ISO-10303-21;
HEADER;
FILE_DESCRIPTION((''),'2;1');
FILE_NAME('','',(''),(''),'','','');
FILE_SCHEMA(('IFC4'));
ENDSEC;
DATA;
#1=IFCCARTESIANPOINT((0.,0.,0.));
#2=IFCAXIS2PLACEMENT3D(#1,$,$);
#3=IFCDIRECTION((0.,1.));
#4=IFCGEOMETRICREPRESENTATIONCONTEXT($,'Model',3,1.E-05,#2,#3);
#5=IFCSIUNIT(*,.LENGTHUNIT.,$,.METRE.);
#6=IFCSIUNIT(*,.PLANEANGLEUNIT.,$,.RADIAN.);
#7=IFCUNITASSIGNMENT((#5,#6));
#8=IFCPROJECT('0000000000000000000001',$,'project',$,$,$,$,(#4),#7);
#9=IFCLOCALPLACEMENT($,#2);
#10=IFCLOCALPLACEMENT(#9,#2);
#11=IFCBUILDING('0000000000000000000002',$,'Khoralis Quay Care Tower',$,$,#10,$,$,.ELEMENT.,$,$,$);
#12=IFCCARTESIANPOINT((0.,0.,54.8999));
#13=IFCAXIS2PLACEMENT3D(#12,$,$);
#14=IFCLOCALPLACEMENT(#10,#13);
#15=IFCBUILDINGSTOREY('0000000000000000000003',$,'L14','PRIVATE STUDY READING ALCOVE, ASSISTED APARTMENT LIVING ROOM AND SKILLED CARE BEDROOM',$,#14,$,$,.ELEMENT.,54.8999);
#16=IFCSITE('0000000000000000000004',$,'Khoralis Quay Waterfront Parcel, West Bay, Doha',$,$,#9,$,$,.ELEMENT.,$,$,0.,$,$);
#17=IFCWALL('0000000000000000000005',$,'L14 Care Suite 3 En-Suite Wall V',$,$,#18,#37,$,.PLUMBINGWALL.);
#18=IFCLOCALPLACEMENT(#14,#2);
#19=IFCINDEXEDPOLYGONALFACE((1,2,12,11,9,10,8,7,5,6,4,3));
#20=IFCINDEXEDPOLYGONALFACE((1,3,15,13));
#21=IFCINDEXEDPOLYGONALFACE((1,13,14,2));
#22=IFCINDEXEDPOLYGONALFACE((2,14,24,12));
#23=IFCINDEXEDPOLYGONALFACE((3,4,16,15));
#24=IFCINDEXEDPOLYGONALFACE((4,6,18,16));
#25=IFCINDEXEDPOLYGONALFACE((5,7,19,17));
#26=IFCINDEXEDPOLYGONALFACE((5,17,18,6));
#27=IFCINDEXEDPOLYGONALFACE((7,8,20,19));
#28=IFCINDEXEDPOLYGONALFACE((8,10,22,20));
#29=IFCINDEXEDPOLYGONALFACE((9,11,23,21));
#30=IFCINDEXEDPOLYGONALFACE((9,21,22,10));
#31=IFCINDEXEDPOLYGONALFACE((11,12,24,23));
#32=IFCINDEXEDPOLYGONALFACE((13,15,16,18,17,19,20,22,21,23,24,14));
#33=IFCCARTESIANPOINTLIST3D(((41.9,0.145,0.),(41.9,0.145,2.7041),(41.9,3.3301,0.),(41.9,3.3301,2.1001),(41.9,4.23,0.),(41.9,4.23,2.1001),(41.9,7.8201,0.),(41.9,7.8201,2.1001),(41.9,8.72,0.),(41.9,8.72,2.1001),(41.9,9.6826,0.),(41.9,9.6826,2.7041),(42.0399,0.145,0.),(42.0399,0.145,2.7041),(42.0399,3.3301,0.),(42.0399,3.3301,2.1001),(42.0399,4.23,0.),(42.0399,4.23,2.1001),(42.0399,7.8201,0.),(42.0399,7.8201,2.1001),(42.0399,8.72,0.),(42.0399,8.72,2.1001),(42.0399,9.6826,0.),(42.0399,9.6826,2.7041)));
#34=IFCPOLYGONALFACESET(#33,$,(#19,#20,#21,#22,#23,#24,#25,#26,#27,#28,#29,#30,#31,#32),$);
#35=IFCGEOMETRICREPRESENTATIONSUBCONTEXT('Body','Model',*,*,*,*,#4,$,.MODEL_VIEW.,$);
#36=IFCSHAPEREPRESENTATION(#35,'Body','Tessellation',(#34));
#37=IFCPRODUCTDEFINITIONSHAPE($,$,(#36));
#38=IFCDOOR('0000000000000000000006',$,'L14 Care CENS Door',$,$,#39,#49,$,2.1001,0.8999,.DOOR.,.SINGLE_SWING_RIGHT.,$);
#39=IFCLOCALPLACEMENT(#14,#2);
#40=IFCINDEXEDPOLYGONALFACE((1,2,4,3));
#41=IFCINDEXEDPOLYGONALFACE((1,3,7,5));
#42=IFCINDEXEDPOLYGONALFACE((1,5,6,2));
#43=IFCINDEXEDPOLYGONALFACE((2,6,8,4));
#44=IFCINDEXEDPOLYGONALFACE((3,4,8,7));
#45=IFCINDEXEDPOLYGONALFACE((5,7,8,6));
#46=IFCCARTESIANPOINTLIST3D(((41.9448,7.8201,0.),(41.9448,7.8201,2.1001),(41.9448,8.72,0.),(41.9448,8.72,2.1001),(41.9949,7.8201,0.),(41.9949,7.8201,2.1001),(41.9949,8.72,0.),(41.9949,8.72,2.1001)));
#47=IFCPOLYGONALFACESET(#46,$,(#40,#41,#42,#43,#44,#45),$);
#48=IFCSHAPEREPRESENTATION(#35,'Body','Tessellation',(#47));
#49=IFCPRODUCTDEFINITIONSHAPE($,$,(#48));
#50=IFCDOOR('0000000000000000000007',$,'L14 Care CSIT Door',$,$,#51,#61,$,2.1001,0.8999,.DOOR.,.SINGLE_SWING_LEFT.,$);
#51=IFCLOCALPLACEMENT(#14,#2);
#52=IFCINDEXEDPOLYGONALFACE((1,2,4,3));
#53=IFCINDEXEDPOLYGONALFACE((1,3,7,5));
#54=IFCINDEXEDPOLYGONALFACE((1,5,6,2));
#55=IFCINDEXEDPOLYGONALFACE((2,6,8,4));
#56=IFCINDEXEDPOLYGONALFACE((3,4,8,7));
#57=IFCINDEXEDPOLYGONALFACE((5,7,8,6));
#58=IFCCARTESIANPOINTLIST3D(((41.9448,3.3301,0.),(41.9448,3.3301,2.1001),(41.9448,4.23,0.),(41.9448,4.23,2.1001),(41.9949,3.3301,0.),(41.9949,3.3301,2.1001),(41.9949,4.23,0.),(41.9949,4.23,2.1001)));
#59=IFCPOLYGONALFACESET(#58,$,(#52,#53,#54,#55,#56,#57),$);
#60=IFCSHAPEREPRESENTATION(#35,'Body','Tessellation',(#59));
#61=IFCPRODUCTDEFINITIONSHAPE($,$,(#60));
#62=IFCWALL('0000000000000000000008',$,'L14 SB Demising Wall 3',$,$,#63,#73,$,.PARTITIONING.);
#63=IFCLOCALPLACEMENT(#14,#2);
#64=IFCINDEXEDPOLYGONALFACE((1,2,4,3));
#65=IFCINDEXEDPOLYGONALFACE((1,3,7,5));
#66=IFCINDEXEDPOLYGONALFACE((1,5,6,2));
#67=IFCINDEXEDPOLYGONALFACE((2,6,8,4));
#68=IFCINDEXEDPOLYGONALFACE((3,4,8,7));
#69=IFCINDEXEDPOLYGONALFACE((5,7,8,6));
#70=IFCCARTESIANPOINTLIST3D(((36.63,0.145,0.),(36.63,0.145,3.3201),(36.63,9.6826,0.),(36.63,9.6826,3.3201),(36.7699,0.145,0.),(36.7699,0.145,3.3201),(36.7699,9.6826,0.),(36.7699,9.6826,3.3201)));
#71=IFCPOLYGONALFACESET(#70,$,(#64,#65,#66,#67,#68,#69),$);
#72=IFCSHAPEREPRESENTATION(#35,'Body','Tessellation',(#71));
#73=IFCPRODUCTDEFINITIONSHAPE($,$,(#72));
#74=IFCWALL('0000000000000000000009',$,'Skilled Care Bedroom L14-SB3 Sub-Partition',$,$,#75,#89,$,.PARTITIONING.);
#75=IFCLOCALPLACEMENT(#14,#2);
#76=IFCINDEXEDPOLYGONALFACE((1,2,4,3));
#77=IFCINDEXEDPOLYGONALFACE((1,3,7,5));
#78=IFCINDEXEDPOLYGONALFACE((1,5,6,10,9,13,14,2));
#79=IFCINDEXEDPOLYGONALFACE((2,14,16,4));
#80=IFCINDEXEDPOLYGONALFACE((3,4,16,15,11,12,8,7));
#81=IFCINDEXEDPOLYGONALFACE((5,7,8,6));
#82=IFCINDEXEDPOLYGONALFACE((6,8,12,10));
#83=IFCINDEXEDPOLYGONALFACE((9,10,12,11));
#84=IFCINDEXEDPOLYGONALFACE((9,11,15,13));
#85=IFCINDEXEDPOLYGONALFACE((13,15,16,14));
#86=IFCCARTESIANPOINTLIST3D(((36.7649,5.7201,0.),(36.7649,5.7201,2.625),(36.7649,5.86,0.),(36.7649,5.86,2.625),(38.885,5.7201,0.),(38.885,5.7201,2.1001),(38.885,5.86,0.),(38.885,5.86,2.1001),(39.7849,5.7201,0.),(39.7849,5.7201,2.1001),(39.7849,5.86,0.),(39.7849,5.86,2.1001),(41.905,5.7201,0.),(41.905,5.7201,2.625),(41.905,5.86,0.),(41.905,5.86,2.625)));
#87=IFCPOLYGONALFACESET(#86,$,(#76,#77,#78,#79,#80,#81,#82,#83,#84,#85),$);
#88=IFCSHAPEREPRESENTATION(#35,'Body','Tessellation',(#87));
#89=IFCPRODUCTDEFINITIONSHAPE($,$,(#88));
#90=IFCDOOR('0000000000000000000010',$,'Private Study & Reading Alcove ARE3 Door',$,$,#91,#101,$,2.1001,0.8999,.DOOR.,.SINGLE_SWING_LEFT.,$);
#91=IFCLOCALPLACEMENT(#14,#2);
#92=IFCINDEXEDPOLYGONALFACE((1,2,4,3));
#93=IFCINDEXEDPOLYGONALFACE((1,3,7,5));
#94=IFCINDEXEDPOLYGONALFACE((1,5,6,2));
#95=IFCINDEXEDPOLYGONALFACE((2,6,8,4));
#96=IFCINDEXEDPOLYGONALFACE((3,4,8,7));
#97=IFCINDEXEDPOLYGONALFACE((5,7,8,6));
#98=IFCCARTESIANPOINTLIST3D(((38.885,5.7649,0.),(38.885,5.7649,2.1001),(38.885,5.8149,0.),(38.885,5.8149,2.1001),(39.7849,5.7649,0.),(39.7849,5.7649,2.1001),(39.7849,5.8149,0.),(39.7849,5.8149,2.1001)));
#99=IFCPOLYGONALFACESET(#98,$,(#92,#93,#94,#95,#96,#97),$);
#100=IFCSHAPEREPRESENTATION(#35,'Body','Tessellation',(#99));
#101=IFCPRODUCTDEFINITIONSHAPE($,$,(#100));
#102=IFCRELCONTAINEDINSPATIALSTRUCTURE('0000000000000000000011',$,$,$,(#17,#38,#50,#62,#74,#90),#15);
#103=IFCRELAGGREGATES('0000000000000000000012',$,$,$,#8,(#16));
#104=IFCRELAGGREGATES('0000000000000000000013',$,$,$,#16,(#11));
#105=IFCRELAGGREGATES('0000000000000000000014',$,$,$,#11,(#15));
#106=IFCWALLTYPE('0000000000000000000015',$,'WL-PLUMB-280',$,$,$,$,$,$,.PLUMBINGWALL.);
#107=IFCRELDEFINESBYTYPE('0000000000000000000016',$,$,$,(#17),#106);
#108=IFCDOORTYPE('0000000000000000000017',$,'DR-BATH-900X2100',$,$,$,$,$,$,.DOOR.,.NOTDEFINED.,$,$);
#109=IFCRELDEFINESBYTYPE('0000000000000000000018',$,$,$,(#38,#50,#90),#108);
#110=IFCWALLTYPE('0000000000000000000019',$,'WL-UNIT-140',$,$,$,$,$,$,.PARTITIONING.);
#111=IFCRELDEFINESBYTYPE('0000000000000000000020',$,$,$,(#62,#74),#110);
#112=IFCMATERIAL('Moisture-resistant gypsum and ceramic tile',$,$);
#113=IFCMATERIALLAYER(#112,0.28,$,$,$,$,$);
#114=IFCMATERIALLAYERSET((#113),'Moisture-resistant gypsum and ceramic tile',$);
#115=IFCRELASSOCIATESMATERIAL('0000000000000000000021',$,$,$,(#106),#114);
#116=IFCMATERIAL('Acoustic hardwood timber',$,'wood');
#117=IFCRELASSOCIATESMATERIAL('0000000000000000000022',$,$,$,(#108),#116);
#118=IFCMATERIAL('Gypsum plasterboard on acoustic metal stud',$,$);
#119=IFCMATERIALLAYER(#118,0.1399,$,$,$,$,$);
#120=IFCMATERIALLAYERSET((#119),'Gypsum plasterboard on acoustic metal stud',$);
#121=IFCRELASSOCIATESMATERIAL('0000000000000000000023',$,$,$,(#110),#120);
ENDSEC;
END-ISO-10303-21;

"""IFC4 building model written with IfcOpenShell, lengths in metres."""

from ifc_helpers import new_model, si_unit, direction, frame, frame_2d, origin, place, context, subcontext, project, spatial, rectangle, extrude, source, transform, mapped, material, layer, layer_set, type_object, element, fill, save


model = new_model("IFC4")

# Units and contexts
model_context = context("Model", 3, precision=1e-05, world=origin(), true_north=direction((0.0, 1.0)))
body_context = subcontext(model_context, "Body", "Model", "MODEL_VIEW")
ifc_project = project(units=[si_unit("LENGTHUNIT", "METRE"), si_unit("PLANEANGLEUNIT", "RADIAN")], contexts=[model_context])

# Site, building, storey
site_placement = place(None, origin())
site = spatial("IfcSite", under=ifc_project, at=site_placement, Name="Khoralis Quay Waterfront Parcel, West Bay, Doha", CompositionType="ELEMENT", RefElevation=0.0)
building_placement = place(site_placement, origin())
building = spatial("IfcBuilding", under=site, at=building_placement, Name="Khoralis Quay Care Tower", CompositionType="ELEMENT")
storey_placement = place(building_placement, frame((0.0, 0.0, 54.8999)))
storey = spatial("IfcBuildingStorey", under=building, at=storey_placement, Name="L14", Description="PRIVATE STUDY READING ALCOVE, ASSISTED APARTMENT LIVING ROOM AND SKILLED CARE BEDROOM", CompositionType="ELEMENT", Elevation=54.8999)

# Shared definitions
ifc_material_1 = material(Name="Moisture-resistant gypsum and ceramic tile")
ifc_layer_1 = layer(ifc_material_1, 0.28)
ifc_layer_set_1 = layer_set([ifc_layer_1], Name="Moisture-resistant gypsum and ceramic tile")
wall_type_1 = type_object("IfcWallType", Name="WL-PLUMB-280", PredefinedType="PLUMBINGWALL", material=ifc_layer_set_1)
ifc_material_2 = material(Name="Acoustic hardwood timber", Category="wood")
door_type = type_object("IfcDoorType", Name="DR-BATH-900X2100", OperationType="NOTDEFINED", PredefinedType="DOOR", material=ifc_material_2)
shared_shape_1 = source(origin(), body_context, "Body", "SweptSolid", [
    extrude(rectangle(XDim=0.8999, YDim=2.1001, at=frame_2d((0.45, 1.05))), frame((0.0, 0.0249, 0.0), z_axis=(0.0, -1.0, 0.0), x_axis=(1.0, 0.0, 0.0)), (0.0, 0.0, 1.0), 0.05),
])

# Wall, openings, doors
wall_1_placement = place(storey_placement, frame((41.97, 0.145, 0.0), z_axis=(0.0, 0.0, 1.0), x_axis=(0.0, 1.0, 0.0)))
wall_1 = element("IfcWall", 1, at=wall_1_placement, inside=storey, type_object=wall_type_1, Name="L14 Care Suite 3 En-Suite Wall V", PredefinedType="PLUMBINGWALL", context=body_context, shape_type="SweptSolid", body=[
    extrude(rectangle(XDim=9.5376, YDim=0.1399, at=frame_2d((4.7688, 0.0))), origin(), (0.0, 0.0, 1.0), 2.7041),
])
opening_1_placement = place(wall_1_placement, frame((7.675, 0.0, 0.0)))
opening_1 = element("IfcOpeningElement", 2, at=opening_1_placement, cuts=wall_1, PredefinedType="OPENING", context=body_context, shape_type="SweptSolid", body=[
    extrude(rectangle(XDim=0.8999, YDim=2.1001, at=frame_2d((0.45, 1.05))), frame((0.0, 0.0801, 0.0), z_axis=(0.0, -1.0, 0.0), x_axis=(1.0, 0.0, 0.0)), (0.0, 0.0, 1.0), 0.1599),
])
opening_2_placement = place(wall_1_placement, frame((3.1851, 0.0, 0.0)))
opening_2 = element("IfcOpeningElement", 3, at=opening_2_placement, cuts=wall_1, PredefinedType="OPENING", context=body_context, shape_type="SweptSolid", body=[
    extrude(rectangle(XDim=0.8999, YDim=2.1001, at=frame_2d((0.45, 1.05))), frame((0.0, 0.0801, 0.0), z_axis=(0.0, -1.0, 0.0), x_axis=(1.0, 0.0, 0.0)), (0.0, 0.0, 1.0), 0.1599),
])
door_1_placement = place(opening_1_placement, frame((0.8999, 0.0, 0.0), z_axis=(0.0, 0.0, 1.0), x_axis=(-1.0, 0.0, 0.0)))
door_1 = element("IfcDoor", 4, at=door_1_placement, inside=storey, type_object=door_type, Name="L14 Care CENS Door", OperationType="SINGLE_SWING_RIGHT", OverallHeight=2.1001, OverallWidth=0.8999, PredefinedType="DOOR", context=body_context, shape_type="MappedRepresentation", body=[
    mapped(shared_shape_1, transform((0.0, 0.0, 0.0), scale=1.0)),
])
fill(opening_1, door_1)
door_2_placement = place(opening_2_placement, frame((0.8999, 0.0, 0.0), z_axis=(0.0, 0.0, 1.0), x_axis=(-1.0, 0.0, 0.0)))
door_2 = element("IfcDoor", 5, at=door_2_placement, inside=storey, type_object=door_type, Name="L14 Care CSIT Door", OperationType="SINGLE_SWING_LEFT", OverallHeight=2.1001, OverallWidth=0.8999, PredefinedType="DOOR", context=body_context, shape_type="MappedRepresentation", body=[
    mapped(shared_shape_1, transform((0.0, 0.0, 0.0), scale=1.0)),
])
fill(opening_2, door_2)

# Wall
ifc_material_3 = material(Name="Gypsum plasterboard on acoustic metal stud")
ifc_layer_2 = layer(ifc_material_3, 0.1399)
ifc_layer_set_2 = layer_set([ifc_layer_2], Name="Gypsum plasterboard on acoustic metal stud")
wall_type_2 = type_object("IfcWallType", Name="WL-UNIT-140", PredefinedType="PARTITIONING", material=ifc_layer_set_2)
wall_2_placement = place(storey_placement, frame((36.7, 0.145, 0.0), z_axis=(0.0, 0.0, 1.0), x_axis=(0.0, 1.0, 0.0)))
element("IfcWall", 6, at=wall_2_placement, inside=storey, type_object=wall_type_2, Name="L14 SB Demising Wall 3", PredefinedType="PARTITIONING", context=body_context, shape_type="SweptSolid", body=[
    extrude(rectangle(XDim=9.5376, YDim=0.1399, at=frame_2d((4.7688, 0.0))), origin(), (0.0, 0.0, 1.0), 3.3201),
])

# Wall, opening, door
wall_3_placement = place(storey_placement, frame((36.7649, 5.79, 0.0), z_axis=(0.0, 0.0, 1.0), x_axis=(1.0, 0.0, 0.0)))
wall_3 = element("IfcWall", 7, at=wall_3_placement, inside=storey, type_object=wall_type_2, Name="Skilled Care Bedroom L14-SB3 Sub-Partition", PredefinedType="PARTITIONING", context=body_context, shape_type="SweptSolid", body=[
    extrude(rectangle(XDim=5.1401, YDim=0.1399, at=frame_2d((2.5701, 0.0))), origin(), (0.0, 0.0, 1.0), 2.625),
])
opening_3_placement = place(wall_3_placement, frame((2.1201, 0.0, 0.0)))
opening_3 = element("IfcOpeningElement", 8, at=opening_3_placement, cuts=wall_3, PredefinedType="OPENING", context=body_context, shape_type="SweptSolid", body=[
    extrude(rectangle(XDim=0.8999, YDim=2.1001, at=frame_2d((0.45, 1.05))), frame((0.0, 0.0801, 0.0), z_axis=(0.0, -1.0, 0.0), x_axis=(1.0, 0.0, 0.0)), (0.0, 0.0, 1.0), 0.1599),
])
door_3_placement = place(opening_3_placement, origin())
door_3 = element("IfcDoor", 9, at=door_3_placement, inside=storey, type_object=door_type, Name="Private Study & Reading Alcove ARE3 Door", OperationType="SINGLE_SWING_LEFT", OverallHeight=2.1001, OverallWidth=0.8999, PredefinedType="DOOR", context=body_context, shape_type="MappedRepresentation", body=[
    mapped(shared_shape_1, transform((0.0, 0.0, 0.0), scale=1.0)),
])
fill(opening_3, door_3)

save(model, "model.ifc")
